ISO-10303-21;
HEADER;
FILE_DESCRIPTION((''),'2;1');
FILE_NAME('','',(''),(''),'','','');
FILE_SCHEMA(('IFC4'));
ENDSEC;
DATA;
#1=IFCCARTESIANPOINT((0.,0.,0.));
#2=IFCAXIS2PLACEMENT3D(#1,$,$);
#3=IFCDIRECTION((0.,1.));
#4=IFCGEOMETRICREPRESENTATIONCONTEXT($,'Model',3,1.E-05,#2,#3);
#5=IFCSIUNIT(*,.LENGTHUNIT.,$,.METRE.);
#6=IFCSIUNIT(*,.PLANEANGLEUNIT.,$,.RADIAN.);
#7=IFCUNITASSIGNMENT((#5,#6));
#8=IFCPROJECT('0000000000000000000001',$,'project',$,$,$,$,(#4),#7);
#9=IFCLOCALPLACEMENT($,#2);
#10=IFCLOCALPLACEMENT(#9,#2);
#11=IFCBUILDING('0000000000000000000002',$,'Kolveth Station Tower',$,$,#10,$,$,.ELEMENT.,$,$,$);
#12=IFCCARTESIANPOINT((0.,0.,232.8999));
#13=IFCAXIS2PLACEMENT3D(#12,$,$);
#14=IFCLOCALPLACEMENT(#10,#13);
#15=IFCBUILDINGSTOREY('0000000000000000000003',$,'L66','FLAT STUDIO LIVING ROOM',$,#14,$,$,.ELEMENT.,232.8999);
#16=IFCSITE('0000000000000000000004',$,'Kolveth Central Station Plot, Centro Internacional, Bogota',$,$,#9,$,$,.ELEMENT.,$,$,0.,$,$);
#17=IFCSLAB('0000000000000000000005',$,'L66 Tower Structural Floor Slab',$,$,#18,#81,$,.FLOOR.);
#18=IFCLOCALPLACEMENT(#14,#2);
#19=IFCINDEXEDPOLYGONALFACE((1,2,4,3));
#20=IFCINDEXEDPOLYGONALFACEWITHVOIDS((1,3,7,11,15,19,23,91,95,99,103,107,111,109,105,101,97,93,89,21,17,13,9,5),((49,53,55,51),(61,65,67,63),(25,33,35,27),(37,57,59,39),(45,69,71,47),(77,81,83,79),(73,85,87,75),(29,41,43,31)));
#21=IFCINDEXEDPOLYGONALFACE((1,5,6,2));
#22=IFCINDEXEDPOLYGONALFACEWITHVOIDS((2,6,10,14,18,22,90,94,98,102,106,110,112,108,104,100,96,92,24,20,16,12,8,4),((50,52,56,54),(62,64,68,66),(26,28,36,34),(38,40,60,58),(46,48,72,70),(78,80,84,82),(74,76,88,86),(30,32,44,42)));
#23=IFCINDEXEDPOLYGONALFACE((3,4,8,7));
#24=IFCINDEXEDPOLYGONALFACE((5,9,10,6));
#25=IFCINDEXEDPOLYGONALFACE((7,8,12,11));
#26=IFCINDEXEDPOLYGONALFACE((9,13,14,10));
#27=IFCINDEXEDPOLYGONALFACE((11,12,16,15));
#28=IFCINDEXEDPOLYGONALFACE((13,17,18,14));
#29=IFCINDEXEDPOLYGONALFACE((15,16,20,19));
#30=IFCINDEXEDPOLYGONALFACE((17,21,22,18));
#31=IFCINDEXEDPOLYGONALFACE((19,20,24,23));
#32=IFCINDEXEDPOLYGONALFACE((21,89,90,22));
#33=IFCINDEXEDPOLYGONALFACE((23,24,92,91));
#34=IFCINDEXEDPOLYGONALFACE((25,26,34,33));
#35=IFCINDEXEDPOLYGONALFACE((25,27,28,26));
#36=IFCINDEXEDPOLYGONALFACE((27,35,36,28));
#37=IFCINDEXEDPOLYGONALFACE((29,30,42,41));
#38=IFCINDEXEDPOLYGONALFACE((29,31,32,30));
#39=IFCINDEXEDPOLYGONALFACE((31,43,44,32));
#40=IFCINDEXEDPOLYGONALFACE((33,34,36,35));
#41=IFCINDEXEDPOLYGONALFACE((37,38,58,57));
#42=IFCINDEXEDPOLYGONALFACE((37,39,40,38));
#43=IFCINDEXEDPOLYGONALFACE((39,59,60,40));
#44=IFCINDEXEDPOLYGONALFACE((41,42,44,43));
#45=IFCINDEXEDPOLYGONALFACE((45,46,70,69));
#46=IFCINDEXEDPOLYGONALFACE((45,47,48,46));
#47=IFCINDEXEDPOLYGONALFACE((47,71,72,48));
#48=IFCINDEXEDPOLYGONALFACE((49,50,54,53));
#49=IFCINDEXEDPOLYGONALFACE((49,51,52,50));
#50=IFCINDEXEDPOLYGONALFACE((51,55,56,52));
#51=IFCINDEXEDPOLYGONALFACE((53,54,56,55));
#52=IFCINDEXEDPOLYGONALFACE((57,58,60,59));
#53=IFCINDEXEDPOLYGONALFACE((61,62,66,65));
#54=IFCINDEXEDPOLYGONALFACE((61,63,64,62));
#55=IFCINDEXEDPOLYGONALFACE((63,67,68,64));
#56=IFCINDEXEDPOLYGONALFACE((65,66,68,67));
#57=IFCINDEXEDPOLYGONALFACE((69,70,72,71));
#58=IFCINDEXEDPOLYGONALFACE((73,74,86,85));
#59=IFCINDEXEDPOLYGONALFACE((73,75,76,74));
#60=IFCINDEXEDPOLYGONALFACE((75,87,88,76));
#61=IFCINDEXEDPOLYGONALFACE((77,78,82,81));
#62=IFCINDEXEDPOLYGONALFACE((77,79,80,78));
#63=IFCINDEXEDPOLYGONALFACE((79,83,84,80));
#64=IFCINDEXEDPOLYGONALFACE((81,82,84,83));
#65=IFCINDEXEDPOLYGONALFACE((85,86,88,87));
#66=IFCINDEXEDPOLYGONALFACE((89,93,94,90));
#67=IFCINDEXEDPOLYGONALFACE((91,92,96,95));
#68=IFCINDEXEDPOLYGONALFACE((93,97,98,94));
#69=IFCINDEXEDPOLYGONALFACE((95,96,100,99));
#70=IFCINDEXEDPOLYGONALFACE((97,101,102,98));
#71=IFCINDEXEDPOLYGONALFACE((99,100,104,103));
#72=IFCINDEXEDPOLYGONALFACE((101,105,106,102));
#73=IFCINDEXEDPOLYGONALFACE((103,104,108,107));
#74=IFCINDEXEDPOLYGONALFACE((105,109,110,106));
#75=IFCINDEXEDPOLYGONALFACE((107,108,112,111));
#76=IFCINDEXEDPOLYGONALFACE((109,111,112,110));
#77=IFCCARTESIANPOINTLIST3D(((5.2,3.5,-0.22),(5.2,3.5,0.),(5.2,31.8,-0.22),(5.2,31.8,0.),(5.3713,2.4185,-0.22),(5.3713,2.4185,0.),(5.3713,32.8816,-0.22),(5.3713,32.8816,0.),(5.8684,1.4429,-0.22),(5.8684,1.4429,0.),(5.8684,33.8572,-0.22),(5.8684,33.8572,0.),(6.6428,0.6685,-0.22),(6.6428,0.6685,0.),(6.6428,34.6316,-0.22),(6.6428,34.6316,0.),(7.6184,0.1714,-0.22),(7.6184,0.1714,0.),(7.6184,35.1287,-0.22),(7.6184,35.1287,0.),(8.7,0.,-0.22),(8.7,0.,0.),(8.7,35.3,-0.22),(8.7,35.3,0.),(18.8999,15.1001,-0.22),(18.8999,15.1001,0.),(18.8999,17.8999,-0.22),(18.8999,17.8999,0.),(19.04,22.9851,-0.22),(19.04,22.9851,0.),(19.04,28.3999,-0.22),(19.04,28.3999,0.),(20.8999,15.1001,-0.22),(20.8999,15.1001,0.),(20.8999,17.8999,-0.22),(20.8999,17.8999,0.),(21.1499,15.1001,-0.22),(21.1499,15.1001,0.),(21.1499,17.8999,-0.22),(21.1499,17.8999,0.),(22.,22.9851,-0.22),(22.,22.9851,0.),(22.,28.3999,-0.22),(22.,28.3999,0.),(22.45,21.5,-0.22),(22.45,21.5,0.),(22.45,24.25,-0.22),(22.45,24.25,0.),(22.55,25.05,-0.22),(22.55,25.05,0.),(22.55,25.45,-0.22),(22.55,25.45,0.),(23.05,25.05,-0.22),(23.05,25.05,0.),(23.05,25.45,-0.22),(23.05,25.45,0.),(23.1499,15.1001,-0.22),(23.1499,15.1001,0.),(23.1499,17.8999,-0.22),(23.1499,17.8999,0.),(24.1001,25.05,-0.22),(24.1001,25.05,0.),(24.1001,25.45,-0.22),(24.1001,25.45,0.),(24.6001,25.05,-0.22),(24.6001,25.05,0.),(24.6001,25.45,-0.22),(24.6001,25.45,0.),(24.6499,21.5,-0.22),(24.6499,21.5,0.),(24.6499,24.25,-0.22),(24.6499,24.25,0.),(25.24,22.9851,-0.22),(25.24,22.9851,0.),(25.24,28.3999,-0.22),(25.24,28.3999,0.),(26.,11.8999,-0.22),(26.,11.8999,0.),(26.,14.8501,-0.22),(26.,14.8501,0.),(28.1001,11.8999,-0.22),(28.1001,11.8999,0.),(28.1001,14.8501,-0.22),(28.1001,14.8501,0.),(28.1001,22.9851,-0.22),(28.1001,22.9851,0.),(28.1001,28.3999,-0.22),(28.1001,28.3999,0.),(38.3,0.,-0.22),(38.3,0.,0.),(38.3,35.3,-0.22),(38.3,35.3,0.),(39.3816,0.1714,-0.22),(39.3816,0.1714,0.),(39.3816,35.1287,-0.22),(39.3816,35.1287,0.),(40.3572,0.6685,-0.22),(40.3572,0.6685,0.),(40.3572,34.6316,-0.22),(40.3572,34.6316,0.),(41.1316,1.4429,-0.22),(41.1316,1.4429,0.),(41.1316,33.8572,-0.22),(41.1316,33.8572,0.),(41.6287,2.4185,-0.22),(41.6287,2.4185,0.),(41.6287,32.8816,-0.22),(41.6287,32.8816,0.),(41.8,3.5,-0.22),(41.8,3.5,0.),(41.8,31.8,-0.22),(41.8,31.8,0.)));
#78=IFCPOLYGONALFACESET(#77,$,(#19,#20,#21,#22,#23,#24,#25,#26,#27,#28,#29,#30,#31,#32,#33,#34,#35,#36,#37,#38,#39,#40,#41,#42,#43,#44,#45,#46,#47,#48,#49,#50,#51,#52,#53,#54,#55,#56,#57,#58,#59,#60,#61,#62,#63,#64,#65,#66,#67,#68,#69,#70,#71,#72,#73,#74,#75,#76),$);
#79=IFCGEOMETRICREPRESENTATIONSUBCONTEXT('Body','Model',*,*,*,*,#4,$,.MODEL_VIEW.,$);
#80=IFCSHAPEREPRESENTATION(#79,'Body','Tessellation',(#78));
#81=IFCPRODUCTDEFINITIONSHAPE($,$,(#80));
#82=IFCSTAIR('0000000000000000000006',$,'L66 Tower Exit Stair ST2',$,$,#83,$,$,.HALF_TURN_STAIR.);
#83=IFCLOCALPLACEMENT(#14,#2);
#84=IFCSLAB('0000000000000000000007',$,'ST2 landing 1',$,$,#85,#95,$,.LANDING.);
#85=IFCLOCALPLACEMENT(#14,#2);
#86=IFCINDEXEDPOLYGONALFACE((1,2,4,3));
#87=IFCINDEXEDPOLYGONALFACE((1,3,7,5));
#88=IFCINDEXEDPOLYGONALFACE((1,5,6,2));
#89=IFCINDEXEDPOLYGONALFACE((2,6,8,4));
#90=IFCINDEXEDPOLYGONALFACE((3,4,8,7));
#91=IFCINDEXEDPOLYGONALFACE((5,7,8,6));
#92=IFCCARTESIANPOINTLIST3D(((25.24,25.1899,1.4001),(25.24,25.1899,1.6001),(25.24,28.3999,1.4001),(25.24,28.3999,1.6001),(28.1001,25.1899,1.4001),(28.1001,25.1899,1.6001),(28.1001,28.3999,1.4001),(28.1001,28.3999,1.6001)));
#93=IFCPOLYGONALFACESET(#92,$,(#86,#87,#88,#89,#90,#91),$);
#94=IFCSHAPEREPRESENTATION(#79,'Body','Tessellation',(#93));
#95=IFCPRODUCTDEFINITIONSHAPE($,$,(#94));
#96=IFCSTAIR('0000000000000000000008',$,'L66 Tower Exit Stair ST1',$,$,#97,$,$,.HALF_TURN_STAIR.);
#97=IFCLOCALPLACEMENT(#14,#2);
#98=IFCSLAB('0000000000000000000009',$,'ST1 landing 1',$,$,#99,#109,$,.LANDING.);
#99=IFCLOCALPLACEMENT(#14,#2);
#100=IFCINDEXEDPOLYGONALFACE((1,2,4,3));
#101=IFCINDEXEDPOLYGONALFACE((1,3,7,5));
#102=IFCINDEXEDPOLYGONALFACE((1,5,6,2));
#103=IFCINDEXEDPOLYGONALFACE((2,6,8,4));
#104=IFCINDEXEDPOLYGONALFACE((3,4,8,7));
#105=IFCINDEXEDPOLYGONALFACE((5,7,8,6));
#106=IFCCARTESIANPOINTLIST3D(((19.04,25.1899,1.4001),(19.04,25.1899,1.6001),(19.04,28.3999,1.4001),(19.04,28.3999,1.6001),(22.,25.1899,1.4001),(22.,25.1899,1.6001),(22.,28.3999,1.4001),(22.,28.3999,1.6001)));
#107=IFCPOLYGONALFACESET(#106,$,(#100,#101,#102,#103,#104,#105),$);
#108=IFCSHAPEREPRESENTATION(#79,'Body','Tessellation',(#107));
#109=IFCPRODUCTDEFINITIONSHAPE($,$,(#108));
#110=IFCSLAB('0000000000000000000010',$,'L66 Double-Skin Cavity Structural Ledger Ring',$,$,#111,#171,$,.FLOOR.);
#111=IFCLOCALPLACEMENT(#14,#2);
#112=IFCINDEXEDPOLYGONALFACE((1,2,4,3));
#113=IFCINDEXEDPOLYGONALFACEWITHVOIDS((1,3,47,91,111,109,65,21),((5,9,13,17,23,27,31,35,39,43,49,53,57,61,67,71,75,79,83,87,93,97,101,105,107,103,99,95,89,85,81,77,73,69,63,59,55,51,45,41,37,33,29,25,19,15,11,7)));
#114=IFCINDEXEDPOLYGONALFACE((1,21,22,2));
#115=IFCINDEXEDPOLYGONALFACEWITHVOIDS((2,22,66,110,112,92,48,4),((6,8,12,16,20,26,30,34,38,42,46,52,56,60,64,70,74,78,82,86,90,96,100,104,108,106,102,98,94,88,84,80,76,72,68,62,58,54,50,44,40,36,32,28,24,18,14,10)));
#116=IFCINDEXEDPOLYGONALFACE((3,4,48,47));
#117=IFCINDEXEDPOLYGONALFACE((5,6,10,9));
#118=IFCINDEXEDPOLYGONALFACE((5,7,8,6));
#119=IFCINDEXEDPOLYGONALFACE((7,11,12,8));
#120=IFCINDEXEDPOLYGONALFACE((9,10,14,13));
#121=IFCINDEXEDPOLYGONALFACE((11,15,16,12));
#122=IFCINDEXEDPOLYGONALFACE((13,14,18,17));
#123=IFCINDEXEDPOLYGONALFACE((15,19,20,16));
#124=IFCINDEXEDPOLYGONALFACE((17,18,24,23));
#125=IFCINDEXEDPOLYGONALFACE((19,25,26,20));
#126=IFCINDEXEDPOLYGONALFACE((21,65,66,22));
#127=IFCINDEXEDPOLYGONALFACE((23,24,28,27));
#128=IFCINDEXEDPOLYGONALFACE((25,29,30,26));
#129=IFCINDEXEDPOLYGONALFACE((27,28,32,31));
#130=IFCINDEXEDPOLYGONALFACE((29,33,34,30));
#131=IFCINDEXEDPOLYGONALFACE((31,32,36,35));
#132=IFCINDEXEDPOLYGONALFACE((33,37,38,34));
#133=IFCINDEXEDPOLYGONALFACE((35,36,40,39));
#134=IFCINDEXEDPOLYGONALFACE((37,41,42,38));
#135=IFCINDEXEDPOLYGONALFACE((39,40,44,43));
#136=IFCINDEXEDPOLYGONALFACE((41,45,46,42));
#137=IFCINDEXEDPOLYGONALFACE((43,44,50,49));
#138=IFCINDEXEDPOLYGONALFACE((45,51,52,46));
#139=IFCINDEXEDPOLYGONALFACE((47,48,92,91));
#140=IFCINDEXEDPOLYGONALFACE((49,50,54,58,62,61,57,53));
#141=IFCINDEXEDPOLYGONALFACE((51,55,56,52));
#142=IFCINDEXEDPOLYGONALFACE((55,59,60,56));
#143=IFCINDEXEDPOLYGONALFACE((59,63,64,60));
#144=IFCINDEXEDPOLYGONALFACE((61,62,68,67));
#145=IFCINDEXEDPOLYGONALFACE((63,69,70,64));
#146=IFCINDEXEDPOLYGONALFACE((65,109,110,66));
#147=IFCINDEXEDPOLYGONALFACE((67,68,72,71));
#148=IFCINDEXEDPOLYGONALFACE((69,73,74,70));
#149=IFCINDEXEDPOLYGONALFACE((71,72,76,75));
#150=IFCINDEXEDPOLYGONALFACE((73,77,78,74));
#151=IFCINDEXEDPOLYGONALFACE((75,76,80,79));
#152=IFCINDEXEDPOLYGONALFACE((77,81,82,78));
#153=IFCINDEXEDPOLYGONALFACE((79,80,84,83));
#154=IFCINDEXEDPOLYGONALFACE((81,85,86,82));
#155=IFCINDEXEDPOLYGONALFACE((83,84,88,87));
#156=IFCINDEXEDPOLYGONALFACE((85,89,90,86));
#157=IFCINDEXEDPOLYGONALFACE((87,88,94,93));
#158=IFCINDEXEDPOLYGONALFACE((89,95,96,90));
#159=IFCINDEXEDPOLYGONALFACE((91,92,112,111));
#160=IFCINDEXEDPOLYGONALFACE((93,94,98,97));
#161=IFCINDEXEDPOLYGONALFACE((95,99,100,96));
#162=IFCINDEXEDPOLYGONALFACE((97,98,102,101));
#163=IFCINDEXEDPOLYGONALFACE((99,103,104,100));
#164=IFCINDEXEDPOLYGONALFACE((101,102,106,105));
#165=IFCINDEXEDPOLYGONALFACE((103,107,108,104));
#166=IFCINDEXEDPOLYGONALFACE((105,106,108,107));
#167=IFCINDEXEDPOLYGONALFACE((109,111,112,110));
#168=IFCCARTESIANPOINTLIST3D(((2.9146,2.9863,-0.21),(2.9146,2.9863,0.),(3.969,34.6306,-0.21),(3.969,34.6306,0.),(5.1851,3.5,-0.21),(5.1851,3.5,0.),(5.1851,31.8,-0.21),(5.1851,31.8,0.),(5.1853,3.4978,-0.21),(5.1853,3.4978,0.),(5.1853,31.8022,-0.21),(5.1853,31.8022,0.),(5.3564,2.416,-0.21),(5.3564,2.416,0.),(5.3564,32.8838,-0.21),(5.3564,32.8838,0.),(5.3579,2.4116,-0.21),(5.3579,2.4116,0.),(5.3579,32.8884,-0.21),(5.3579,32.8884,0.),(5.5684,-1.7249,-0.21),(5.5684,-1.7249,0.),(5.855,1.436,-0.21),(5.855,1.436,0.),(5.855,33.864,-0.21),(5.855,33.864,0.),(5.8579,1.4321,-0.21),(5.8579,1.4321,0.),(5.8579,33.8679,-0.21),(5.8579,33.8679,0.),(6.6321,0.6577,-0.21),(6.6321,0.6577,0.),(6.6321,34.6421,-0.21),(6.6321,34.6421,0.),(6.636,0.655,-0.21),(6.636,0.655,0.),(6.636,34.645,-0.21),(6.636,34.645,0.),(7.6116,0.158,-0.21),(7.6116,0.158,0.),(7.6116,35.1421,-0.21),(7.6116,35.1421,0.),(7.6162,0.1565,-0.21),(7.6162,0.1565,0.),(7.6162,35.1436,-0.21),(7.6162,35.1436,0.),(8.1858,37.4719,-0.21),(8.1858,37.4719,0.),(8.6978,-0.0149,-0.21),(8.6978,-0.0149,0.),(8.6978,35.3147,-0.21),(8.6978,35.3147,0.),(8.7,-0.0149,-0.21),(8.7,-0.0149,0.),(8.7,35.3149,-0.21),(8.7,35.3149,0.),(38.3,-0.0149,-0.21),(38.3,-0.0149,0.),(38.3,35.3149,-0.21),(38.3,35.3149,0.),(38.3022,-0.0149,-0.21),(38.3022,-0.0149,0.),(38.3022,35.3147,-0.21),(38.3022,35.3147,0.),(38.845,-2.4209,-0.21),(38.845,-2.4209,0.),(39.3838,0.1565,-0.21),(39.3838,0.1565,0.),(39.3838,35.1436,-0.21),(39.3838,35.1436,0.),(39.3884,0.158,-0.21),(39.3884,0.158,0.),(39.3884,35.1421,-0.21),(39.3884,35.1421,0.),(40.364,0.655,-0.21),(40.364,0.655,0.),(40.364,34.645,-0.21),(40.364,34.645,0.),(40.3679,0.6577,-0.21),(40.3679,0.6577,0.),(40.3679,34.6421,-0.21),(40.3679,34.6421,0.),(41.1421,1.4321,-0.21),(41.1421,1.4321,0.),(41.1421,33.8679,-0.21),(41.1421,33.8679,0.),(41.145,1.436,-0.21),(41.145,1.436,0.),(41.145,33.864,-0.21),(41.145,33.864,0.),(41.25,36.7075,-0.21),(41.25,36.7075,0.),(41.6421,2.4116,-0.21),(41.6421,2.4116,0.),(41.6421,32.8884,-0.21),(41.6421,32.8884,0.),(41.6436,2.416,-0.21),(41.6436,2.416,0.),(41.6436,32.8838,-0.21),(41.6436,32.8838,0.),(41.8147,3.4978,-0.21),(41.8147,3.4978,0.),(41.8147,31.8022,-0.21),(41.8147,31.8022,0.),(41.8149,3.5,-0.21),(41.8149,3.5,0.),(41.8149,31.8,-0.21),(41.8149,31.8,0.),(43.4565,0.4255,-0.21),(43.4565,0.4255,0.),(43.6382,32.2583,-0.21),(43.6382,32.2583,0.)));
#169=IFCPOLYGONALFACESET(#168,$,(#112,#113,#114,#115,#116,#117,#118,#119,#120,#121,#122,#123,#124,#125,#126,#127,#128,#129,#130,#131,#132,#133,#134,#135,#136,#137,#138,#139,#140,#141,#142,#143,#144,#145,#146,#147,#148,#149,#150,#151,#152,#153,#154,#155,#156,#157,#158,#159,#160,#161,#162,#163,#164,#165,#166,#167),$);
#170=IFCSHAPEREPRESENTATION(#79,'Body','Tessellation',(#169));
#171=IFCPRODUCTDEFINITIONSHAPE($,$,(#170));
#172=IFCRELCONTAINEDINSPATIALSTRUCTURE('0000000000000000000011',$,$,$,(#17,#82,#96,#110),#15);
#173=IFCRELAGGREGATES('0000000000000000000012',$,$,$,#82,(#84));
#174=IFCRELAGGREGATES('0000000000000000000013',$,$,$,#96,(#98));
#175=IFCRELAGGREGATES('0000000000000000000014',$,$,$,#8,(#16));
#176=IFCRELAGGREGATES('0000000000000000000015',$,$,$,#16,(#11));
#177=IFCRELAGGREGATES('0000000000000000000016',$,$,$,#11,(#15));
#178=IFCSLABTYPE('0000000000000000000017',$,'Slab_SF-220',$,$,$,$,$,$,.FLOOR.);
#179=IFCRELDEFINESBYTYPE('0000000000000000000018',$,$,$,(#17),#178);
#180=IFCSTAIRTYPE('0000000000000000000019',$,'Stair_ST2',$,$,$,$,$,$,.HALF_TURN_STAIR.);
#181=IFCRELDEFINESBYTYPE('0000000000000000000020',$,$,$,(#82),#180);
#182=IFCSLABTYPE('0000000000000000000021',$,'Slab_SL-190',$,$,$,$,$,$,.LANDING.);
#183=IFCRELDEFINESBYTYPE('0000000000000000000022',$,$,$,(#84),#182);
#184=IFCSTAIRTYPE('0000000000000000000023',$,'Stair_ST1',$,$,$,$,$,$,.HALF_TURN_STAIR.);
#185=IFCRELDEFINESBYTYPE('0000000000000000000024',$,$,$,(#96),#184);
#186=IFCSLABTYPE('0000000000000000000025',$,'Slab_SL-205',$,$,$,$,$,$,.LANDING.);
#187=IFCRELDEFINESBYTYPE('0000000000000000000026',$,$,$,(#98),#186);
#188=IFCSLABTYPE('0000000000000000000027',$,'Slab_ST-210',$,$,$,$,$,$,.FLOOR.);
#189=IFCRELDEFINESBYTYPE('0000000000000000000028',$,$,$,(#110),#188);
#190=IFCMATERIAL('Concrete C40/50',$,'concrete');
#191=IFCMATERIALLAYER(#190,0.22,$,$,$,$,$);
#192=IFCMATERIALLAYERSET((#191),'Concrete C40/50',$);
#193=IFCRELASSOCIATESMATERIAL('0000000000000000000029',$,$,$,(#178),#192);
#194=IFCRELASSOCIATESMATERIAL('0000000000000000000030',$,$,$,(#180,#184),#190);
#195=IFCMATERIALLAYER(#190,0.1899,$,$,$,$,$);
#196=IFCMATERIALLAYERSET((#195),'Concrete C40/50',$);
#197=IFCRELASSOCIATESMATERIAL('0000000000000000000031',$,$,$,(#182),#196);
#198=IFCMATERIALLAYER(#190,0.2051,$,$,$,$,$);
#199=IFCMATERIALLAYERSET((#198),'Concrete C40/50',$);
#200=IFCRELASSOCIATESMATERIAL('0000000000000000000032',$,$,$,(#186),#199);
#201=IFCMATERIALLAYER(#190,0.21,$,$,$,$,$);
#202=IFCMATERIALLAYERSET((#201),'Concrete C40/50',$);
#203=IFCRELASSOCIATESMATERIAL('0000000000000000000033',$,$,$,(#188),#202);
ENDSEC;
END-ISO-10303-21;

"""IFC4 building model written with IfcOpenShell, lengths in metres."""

from ifc_helpers import new_model, si_unit, direction, frame, origin, place, context, subcontext, project, spatial, polyline, outline, extrude, material, layer, layer_set, type_object, element, aggregate, save


model = new_model("IFC4")

# Units and contexts
model_context = context("Model", 3, precision=1e-05, world=origin(), true_north=direction((0.0, 1.0)))
body_context = subcontext(model_context, "Body", "Model", "MODEL_VIEW")
ifc_project = project(units=[si_unit("LENGTHUNIT", "METRE"), si_unit("PLANEANGLEUNIT", "RADIAN")], contexts=[model_context])

# Site, building, storey
site_placement = place(None, origin())
site = spatial("IfcSite", under=ifc_project, at=site_placement, Name="Kolveth Central Station Plot, Centro Internacional, Bogota", CompositionType="ELEMENT", RefElevation=0.0)
building_placement = place(site_placement, origin())
building = spatial("IfcBuilding", under=site, at=building_placement, Name="Kolveth Station Tower", CompositionType="ELEMENT")
storey_placement = place(building_placement, frame((0.0, 0.0, 232.8999)))
storey = spatial("IfcBuildingStorey", under=building, at=storey_placement, Name="L66", Description="FLAT STUDIO LIVING ROOM", CompositionType="ELEMENT", Elevation=232.8999)

# Slab
ifc_material_1 = material(Name="Concrete C40/50", Category="concrete")
ifc_layer_1 = layer(ifc_material_1, 0.22)
ifc_layer_set_1 = layer_set([ifc_layer_1], Name="Concrete C40/50")
slab_type_1 = type_object("IfcSlabType", Name="Slab_SF-220", PredefinedType="FLOOR", material=ifc_layer_set_1)
slab_1_placement = place(storey_placement, frame((0.0, 0.0, -0.22)))
element("IfcSlab", 1, at=slab_1_placement, inside=storey, type_object=slab_type_1, Name="L66 Tower Structural Floor Slab", PredefinedType="FLOOR", context=body_context, shape_type="SweptSolid", body=[
    extrude(outline(polyline([(38.3, 0.0), (39.3816, 0.1714), (40.3572, 0.6685), (41.1316, 1.4429), (41.6287, 2.4185), (41.8, 3.5), (41.8, 31.8), (41.6287, 32.8816), (41.1316, 33.8572), (40.3572, 34.6316), (39.3816, 35.1287), (38.3, 35.3), (8.7, 35.3), (7.6184, 35.1287), (6.6428, 34.6316), (5.8684, 33.8572), (5.3713, 32.8816), (5.2, 31.8), (5.2, 3.5), (5.3713, 2.4185), (5.8684, 1.4429), (6.6428, 0.6685), (7.6184, 0.1714), (8.7, 0.0), (38.3, 0.0)]), holes=[polyline([(19.04, 22.9851), (22.0, 22.9851), (22.0, 28.3999), (19.04, 28.3999), (19.04, 22.9851)]), polyline([(25.24, 22.9851), (28.1001, 22.9851), (28.1001, 28.3999), (25.24, 28.3999), (25.24, 22.9851)]), polyline([(18.8999, 15.1001), (20.8999, 15.1001), (20.8999, 17.8999), (18.8999, 17.8999), (18.8999, 15.1001)]), polyline([(21.1499, 15.1001), (23.1499, 15.1001), (23.1499, 17.8999), (21.1499, 17.8999), (21.1499, 15.1001)]), polyline([(22.45, 21.5), (24.6499, 21.5), (24.6499, 24.25), (22.45, 24.25), (22.45, 21.5)]), polyline([(26.0, 11.8999), (28.1001, 11.8999), (28.1001, 14.8501), (26.0, 14.8501), (26.0, 11.8999)]), polyline([(22.55, 25.05), (23.05, 25.05), (23.05, 25.45), (22.55, 25.45), (22.55, 25.05)]), polyline([(24.1001, 25.05), (24.6001, 25.05), (24.6001, 25.45), (24.1001, 25.45), (24.1001, 25.05)])]), origin(), (0.0, 0.0, 1.0), 0.22),
])

# Stairs, slabs
stair_type_1 = type_object("IfcStairType", Name="Stair_ST2", PredefinedType="HALF_TURN_STAIR", material=ifc_material_1)
stair_1_placement = place(storey_placement, origin())
stair_1 = element("IfcStair", 2, at=stair_1_placement, inside=storey, type_object=stair_type_1, Name="L66 Tower Exit Stair ST2", PredefinedType="HALF_TURN_STAIR")
ifc_layer_2 = layer(ifc_material_1, 0.1899)
ifc_layer_set_2 = layer_set([ifc_layer_2], Name="Concrete C40/50")
slab_type_2 = type_object("IfcSlabType", Name="Slab_SL-190", PredefinedType="LANDING", material=ifc_layer_set_2)
slab_2_placement = place(storey_placement, frame((0.0, 0.0, 1.4001)))
slab_2 = element("IfcSlab", 3, at=slab_2_placement, type_object=slab_type_2, Name="ST2 landing 1", PredefinedType="LANDING", context=body_context, shape_type="SweptSolid", body=[
    extrude(outline(polyline([(28.1001, 25.1899), (28.1001, 28.3999), (25.24, 28.3999), (25.24, 25.1899), (28.1001, 25.1899)])), origin(), (0.0, 0.0, 1.0), 0.2),
])
aggregate(stair_1, [slab_2])
stair_type_2 = type_object("IfcStairType", Name="Stair_ST1", PredefinedType="HALF_TURN_STAIR", material=ifc_material_1)
stair_2_placement = place(storey_placement, origin())
stair_2 = element("IfcStair", 4, at=stair_2_placement, inside=storey, type_object=stair_type_2, Name="L66 Tower Exit Stair ST1", PredefinedType="HALF_TURN_STAIR")
ifc_layer_3 = layer(ifc_material_1, 0.2051)
ifc_layer_set_3 = layer_set([ifc_layer_3], Name="Concrete C40/50")
slab_type_3 = type_object("IfcSlabType", Name="Slab_SL-205", PredefinedType="LANDING", material=ifc_layer_set_3)
slab_3_placement = place(storey_placement, frame((0.0, 0.0, 1.4001)))
slab_3 = element("IfcSlab", 5, at=slab_3_placement, type_object=slab_type_3, Name="ST1 landing 1", PredefinedType="LANDING", context=body_context, shape_type="SweptSolid", body=[
    extrude(outline(polyline([(22.0, 25.1899), (22.0, 28.3999), (19.04, 28.3999), (19.04, 25.1899), (22.0, 25.1899)])), origin(), (0.0, 0.0, 1.0), 0.2),
])
aggregate(stair_2, [slab_3])

# Slab
ifc_layer_4 = layer(ifc_material_1, 0.21)
ifc_layer_set_4 = layer_set([ifc_layer_4], Name="Concrete C40/50")
slab_type_4 = type_object("IfcSlabType", Name="Slab_ST-210", PredefinedType="FLOOR", material=ifc_layer_set_4)
slab_4_placement = place(storey_placement, frame((0.0, 0.0, -0.21)))
element("IfcSlab", 6, at=slab_4_placement, inside=storey, type_object=slab_type_4, Name="L66 Double-Skin Cavity Structural Ledger Ring", PredefinedType="FLOOR", context=body_context, shape_type="SweptSolid", body=[
    extrude(outline(polyline([(5.5684, -1.7249), (2.9146, 2.9863), (3.969, 34.6306), (8.1858, 37.4719), (41.25, 36.7075), (43.6382, 32.2583), (43.4565, 0.4255), (38.845, -2.4209), (5.5684, -1.7249)]), holes=[polyline([(38.3022, -0.0149), (39.3838, 0.1565), (39.3884, 0.158), (40.364, 0.655), (40.3679, 0.6577), (41.1421, 1.4321), (41.145, 1.436), (41.6421, 2.4116), (41.6436, 2.416), (41.8147, 3.4978), (41.8149, 3.5), (41.8149, 31.8), (41.8147, 31.8022), (41.6436, 32.8838), (41.6421, 32.8884), (41.145, 33.864), (41.1421, 33.8679), (40.3679, 34.6421), (40.364, 34.645), (39.3884, 35.1421), (39.3838, 35.1436), (38.3022, 35.3147), (38.3, 35.3149), (8.7, 35.3149), (8.6978, 35.3147), (7.6162, 35.1436), (7.6116, 35.1421), (6.636, 34.645), (6.6321, 34.6421), (5.8579, 33.8679), (5.855, 33.864), (5.3579, 32.8884), (5.3564, 32.8838), (5.1853, 31.8022), (5.1851, 31.8), (5.1851, 3.5), (5.1853, 3.4978), (5.3564, 2.416), (5.3579, 2.4116), (5.855, 1.436), (5.8579, 1.4321), (6.6321, 0.6577), (6.636, 0.655), (7.6116, 0.158), (7.6162, 0.1565), (8.6978, -0.0149), (8.7, -0.0149), (38.3, -0.0149), (38.3022, -0.0149)])]), origin(), (0.0, 0.0, 1.0), 0.21),
])

save(model, "model.ifc")
